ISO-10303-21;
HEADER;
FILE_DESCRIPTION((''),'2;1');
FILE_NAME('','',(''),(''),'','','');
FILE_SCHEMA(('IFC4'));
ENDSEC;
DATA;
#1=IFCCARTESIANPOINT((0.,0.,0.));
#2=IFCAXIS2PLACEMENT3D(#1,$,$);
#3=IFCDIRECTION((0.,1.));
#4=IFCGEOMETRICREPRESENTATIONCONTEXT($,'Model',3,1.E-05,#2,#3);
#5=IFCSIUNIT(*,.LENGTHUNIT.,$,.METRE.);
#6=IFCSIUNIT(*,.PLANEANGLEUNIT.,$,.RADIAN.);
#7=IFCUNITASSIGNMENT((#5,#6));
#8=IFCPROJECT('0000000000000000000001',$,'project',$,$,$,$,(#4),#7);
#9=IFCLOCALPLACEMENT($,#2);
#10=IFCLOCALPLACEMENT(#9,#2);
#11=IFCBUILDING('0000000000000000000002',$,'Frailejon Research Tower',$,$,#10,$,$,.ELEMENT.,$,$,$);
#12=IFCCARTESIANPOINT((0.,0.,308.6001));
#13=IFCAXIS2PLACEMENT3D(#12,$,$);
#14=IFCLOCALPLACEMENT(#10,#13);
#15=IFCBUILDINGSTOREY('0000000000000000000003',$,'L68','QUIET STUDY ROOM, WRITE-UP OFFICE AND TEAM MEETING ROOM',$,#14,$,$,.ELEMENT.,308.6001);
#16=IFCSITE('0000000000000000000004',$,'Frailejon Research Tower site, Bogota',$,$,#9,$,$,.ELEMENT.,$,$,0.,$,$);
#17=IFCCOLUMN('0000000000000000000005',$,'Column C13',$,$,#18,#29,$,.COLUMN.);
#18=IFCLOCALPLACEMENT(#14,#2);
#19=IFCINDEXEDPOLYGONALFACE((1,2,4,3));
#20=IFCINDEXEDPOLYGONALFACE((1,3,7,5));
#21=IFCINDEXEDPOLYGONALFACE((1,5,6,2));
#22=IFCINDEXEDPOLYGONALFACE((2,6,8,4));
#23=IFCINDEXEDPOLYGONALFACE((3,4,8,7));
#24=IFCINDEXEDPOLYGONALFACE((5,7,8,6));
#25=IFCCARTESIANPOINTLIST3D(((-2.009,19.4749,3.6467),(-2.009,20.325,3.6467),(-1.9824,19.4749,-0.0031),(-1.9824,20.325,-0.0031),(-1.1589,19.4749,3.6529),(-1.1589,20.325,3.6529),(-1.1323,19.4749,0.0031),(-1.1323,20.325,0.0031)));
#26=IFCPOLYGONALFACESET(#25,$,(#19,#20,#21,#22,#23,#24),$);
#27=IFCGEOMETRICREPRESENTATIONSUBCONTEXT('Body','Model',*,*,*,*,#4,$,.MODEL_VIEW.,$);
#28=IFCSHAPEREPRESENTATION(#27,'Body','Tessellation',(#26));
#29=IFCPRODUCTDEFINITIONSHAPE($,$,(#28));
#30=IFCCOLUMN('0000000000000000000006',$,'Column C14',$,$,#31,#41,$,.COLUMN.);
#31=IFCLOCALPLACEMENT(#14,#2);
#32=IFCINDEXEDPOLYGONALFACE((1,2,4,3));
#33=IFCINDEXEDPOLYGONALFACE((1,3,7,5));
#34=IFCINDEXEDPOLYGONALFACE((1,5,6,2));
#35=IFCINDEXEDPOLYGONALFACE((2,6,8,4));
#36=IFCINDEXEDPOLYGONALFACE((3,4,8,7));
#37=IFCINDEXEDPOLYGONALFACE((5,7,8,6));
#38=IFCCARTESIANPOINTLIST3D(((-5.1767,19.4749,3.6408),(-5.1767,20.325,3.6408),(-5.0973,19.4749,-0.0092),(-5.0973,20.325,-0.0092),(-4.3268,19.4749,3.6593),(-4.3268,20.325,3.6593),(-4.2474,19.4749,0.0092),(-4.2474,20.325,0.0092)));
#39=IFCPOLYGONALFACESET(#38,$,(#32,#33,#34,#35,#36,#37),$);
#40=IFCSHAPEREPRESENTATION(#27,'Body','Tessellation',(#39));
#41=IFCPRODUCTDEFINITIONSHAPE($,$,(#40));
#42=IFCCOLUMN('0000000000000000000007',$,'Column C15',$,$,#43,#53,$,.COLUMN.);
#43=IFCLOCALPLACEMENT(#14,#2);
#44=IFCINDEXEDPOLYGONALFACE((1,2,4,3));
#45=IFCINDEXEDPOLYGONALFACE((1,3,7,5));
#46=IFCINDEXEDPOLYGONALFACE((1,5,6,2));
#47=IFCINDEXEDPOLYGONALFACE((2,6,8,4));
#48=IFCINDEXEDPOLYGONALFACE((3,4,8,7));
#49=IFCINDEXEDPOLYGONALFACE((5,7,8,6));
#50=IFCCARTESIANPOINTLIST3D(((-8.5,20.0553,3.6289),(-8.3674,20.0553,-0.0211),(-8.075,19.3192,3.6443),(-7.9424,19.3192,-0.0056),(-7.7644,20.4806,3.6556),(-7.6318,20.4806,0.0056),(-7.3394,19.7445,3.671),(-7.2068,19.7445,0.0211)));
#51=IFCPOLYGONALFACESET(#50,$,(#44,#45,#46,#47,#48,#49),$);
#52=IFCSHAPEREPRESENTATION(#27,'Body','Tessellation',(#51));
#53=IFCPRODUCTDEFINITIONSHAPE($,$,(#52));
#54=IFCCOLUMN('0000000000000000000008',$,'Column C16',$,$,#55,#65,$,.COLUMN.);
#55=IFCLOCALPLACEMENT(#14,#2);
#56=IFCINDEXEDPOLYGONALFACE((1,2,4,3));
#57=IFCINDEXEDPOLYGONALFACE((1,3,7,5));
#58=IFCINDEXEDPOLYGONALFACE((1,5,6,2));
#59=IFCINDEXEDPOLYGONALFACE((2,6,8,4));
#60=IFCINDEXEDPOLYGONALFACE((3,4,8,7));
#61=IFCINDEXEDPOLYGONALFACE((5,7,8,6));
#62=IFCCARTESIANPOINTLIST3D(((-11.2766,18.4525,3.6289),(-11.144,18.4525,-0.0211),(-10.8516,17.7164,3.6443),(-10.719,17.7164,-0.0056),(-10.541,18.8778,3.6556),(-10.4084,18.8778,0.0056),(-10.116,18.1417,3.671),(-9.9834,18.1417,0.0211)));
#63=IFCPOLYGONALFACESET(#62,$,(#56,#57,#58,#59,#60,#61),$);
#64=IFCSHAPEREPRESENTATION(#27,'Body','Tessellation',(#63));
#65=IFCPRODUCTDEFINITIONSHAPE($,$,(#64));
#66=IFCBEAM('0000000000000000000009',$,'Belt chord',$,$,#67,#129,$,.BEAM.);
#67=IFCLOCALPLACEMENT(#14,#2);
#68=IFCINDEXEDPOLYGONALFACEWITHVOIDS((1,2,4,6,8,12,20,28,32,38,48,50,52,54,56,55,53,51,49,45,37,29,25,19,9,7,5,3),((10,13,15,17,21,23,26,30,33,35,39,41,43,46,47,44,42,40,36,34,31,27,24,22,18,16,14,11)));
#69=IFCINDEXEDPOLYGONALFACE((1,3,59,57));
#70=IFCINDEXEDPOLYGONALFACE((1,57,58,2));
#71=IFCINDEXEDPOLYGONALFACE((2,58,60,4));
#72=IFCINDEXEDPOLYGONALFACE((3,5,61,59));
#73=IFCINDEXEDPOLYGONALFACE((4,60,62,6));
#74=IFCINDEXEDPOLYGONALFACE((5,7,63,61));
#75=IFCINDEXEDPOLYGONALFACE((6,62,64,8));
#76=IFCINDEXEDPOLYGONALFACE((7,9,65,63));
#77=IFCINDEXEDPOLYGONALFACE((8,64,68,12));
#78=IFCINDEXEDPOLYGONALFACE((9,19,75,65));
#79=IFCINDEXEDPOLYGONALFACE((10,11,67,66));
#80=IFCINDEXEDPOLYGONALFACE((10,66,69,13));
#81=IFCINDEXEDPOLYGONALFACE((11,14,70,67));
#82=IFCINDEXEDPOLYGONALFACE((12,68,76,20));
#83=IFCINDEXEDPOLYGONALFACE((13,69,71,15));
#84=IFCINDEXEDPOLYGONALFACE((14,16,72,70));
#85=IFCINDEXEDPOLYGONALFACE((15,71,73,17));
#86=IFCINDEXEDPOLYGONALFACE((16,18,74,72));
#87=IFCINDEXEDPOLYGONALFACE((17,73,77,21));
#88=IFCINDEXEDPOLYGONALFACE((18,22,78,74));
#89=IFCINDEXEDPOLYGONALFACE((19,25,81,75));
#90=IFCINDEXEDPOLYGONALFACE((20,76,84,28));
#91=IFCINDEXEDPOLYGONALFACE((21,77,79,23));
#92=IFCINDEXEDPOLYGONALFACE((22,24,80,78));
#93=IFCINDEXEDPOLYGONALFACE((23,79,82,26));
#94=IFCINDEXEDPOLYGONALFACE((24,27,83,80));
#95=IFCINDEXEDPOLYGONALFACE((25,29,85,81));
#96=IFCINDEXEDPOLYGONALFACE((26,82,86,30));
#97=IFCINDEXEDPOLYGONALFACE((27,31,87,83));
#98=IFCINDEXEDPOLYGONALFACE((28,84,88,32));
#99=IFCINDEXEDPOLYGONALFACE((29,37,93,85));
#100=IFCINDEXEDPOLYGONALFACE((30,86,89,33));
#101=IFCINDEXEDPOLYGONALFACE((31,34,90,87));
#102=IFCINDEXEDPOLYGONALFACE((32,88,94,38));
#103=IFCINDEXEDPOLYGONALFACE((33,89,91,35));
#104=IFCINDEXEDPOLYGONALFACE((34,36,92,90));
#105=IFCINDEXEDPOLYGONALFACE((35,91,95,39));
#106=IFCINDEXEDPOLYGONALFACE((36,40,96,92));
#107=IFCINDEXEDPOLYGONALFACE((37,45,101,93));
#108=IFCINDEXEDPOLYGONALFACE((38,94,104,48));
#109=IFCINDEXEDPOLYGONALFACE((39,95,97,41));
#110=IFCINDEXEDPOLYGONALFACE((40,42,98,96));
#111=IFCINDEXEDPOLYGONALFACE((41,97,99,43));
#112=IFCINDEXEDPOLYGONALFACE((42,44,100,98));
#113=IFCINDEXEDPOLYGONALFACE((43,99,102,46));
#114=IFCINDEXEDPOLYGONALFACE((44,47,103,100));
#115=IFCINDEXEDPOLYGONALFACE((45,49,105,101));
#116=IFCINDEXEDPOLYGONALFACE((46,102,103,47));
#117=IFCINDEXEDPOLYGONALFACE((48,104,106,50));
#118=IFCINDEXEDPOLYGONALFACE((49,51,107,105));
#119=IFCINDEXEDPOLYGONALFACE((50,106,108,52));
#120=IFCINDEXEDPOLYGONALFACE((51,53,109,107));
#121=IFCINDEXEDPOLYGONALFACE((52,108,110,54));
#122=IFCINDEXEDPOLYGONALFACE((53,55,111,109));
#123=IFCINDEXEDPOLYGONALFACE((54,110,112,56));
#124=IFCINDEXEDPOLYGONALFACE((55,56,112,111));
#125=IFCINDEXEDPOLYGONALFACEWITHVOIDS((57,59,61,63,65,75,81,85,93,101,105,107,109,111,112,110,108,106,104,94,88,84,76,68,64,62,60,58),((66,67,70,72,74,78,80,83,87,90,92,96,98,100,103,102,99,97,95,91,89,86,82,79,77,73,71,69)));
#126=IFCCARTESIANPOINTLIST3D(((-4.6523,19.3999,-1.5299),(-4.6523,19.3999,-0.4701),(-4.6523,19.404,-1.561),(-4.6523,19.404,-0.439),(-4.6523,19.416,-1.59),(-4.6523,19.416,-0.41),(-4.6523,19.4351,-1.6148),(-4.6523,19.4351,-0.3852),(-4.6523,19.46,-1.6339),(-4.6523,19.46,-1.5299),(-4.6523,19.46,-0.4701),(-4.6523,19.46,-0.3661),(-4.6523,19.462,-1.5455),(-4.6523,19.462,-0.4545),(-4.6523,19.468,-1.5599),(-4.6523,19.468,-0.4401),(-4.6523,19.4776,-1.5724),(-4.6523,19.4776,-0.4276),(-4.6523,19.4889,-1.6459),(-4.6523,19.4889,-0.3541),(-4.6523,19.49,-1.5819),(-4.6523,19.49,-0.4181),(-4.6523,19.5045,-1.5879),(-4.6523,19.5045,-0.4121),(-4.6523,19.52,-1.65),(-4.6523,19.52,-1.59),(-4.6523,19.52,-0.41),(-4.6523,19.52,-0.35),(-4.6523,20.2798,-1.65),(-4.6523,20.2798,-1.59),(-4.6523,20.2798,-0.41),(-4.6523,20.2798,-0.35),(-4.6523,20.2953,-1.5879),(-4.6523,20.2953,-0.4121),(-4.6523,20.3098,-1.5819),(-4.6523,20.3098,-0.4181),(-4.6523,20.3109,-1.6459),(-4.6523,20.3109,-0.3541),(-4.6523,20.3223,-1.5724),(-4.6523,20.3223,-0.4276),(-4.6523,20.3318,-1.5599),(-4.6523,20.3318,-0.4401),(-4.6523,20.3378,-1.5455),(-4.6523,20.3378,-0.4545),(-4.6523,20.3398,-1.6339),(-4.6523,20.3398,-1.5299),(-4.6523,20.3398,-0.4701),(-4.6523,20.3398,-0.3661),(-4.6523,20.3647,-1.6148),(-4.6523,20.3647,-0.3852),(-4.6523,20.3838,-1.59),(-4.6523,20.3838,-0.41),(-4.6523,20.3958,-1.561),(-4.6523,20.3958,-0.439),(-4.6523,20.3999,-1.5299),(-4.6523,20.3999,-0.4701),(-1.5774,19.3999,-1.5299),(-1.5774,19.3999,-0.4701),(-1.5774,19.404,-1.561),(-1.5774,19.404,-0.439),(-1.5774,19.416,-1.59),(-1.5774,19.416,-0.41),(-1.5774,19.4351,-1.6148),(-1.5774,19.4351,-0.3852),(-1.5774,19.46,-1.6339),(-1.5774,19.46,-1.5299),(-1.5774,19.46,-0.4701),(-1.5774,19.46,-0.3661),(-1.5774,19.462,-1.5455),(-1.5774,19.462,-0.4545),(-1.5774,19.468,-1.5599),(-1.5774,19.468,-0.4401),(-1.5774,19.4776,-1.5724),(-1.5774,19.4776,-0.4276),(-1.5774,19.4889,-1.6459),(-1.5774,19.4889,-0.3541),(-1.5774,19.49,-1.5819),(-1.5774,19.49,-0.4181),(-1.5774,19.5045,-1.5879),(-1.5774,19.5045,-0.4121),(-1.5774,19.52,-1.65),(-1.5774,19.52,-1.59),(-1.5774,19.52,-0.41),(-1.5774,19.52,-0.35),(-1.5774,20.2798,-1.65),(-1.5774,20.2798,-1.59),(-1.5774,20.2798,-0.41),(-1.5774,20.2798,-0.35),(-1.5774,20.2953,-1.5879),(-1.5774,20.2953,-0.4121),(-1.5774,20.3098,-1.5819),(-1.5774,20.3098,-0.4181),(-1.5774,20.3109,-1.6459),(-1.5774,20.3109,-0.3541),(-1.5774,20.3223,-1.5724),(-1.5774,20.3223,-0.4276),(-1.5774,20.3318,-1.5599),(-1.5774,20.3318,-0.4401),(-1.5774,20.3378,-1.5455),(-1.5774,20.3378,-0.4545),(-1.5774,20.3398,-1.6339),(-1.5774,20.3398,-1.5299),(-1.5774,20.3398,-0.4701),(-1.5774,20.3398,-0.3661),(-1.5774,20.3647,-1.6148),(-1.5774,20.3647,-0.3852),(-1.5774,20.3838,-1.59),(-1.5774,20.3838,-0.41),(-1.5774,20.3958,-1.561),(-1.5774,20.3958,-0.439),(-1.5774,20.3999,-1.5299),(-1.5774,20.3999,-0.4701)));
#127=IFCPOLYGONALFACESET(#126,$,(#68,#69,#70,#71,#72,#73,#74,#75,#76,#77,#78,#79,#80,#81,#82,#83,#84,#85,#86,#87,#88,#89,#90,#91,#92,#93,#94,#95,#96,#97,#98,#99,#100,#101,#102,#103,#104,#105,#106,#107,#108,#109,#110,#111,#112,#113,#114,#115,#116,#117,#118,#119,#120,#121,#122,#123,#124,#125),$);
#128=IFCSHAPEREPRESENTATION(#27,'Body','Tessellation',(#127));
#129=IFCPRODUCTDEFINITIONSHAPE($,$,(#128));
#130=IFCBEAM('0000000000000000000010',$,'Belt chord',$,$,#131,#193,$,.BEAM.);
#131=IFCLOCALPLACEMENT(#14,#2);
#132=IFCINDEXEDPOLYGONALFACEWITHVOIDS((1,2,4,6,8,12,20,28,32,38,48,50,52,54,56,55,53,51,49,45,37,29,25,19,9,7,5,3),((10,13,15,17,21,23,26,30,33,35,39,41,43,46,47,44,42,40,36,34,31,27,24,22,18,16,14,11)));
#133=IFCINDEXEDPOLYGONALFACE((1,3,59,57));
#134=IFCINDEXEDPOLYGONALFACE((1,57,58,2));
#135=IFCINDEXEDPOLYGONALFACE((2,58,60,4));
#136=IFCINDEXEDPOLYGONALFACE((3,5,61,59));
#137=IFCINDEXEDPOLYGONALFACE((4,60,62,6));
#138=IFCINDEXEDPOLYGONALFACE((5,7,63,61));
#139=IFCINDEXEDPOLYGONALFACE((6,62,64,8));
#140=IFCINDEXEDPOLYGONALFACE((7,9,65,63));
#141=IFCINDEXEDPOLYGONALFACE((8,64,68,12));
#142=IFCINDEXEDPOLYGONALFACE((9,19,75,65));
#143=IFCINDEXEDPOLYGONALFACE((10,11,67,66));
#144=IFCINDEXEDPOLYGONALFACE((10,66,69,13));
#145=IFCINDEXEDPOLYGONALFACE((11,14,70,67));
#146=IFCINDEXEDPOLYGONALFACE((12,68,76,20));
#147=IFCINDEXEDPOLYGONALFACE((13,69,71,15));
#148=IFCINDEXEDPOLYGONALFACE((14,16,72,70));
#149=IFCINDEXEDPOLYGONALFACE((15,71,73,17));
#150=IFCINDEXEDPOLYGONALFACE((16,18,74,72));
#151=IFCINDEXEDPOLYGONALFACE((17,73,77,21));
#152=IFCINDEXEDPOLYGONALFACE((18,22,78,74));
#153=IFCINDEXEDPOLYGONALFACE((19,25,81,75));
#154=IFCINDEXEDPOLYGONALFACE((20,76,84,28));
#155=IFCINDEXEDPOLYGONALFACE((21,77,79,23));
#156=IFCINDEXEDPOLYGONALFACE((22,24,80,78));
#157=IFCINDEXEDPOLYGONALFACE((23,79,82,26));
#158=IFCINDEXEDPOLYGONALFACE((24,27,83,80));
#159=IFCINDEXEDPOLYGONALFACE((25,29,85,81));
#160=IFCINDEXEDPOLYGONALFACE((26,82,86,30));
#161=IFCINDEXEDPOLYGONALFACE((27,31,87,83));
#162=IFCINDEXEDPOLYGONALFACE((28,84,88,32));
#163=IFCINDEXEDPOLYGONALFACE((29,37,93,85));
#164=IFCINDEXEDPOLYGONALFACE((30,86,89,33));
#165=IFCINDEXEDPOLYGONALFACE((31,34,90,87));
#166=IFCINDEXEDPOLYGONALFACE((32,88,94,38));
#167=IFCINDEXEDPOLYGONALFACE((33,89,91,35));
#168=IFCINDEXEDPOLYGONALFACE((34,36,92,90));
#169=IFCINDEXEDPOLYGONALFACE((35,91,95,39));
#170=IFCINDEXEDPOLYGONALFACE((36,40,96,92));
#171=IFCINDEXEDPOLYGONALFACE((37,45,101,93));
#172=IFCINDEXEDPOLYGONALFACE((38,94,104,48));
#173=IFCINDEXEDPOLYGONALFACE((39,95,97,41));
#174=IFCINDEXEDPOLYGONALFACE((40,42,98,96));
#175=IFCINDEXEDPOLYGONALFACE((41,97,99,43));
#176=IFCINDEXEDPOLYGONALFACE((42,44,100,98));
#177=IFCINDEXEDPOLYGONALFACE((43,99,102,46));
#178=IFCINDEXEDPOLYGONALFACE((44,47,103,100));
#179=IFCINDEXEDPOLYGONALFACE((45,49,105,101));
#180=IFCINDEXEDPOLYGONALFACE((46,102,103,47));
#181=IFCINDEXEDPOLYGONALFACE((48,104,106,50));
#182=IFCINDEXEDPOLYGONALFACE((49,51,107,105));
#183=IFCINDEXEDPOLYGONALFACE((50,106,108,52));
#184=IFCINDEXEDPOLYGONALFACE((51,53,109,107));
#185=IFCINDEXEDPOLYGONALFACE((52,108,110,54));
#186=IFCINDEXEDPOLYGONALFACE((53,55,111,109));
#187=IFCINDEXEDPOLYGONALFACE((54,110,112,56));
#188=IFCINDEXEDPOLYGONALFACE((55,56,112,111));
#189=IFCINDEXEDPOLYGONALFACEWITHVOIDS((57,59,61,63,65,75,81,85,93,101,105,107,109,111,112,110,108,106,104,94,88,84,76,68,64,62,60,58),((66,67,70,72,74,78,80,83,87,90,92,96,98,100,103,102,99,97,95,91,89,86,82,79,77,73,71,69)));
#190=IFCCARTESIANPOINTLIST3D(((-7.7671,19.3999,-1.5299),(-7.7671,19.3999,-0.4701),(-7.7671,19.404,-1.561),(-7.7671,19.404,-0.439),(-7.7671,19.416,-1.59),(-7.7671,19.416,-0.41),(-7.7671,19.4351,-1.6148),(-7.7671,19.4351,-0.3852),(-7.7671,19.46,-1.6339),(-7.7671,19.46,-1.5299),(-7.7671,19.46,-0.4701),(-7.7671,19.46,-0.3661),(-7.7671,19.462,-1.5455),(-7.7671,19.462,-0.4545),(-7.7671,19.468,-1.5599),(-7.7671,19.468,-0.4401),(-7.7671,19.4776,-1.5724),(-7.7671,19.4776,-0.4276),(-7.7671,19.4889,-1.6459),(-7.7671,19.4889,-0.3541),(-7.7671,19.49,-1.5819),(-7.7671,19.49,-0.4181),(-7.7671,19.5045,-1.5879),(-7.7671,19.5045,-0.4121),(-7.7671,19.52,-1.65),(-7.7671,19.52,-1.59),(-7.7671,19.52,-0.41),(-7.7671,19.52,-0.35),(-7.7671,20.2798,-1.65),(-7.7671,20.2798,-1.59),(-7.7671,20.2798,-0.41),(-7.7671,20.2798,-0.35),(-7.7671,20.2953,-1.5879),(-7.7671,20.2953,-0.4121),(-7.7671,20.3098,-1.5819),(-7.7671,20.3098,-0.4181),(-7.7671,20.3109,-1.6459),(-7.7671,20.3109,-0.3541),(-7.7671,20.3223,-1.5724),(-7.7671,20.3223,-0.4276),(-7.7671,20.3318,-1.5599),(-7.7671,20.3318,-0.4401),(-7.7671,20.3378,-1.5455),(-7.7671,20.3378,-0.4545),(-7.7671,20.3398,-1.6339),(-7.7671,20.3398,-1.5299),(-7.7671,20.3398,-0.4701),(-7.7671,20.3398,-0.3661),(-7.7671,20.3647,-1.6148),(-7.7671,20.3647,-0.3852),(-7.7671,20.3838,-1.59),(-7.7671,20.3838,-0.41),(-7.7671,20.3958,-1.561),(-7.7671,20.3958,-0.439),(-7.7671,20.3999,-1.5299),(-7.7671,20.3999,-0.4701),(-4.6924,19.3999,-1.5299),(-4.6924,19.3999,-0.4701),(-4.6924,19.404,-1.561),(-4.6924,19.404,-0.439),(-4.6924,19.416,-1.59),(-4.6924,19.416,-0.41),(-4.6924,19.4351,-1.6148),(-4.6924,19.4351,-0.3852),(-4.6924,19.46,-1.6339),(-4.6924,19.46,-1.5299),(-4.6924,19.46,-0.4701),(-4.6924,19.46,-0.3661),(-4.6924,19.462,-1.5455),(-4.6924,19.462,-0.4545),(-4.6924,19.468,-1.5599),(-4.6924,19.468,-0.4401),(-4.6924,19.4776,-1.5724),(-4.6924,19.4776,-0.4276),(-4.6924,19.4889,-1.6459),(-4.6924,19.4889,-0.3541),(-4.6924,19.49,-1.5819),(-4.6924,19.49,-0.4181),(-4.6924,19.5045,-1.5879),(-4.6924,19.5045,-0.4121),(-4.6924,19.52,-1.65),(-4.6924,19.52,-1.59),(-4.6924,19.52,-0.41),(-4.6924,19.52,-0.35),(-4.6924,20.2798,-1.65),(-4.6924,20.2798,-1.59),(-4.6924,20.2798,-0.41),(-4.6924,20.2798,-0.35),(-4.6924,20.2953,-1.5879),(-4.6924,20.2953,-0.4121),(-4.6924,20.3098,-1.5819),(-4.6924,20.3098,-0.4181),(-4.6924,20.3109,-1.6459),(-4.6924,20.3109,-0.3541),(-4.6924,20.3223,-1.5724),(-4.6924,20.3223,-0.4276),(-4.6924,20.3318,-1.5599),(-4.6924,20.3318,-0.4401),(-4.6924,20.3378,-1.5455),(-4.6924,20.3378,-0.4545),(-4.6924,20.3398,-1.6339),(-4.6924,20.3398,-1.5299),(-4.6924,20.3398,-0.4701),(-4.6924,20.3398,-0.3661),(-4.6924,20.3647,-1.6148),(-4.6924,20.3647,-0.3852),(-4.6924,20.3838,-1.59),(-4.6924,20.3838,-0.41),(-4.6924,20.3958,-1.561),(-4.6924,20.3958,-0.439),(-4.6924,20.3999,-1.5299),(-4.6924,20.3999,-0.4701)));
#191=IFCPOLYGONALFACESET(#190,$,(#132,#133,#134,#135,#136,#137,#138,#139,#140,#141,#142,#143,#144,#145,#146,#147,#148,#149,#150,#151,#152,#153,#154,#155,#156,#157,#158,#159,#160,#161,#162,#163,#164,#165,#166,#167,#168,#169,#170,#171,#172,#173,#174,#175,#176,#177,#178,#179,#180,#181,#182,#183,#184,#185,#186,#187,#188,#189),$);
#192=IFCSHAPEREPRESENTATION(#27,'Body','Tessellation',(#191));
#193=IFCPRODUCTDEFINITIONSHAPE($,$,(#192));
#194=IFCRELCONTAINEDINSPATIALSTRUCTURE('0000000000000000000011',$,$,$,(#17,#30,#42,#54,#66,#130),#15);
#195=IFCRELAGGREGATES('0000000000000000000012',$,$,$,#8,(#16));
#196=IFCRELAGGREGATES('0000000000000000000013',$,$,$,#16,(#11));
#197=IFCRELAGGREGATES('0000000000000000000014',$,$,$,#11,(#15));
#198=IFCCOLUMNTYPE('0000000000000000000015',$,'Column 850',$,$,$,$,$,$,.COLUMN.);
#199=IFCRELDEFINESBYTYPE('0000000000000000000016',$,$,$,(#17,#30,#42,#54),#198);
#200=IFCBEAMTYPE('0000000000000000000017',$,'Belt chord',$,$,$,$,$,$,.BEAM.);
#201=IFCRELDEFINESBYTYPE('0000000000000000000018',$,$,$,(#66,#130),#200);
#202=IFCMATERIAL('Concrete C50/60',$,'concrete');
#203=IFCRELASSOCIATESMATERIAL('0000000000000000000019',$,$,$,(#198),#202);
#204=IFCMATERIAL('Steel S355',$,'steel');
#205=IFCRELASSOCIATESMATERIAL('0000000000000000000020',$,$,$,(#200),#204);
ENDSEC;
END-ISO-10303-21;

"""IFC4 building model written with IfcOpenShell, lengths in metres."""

from ifc_helpers import new_model, si_unit, direction, frame, origin, origin_2d, place, context, subcontext, project, spatial, rectangle, hollow_rectangle, extrude, material, material_profile, profile_set, type_object, element, save


model = new_model("IFC4")

# Units and contexts
model_context = context("Model", 3, precision=1e-05, world=origin(), true_north=direction((0.0, 1.0)))
body_context = subcontext(model_context, "Body", "Model", "MODEL_VIEW")
ifc_project = project(units=[si_unit("LENGTHUNIT", "METRE"), si_unit("PLANEANGLEUNIT", "RADIAN")], contexts=[model_context])

# Site, building, storey
site_placement = place(None, origin())
site = spatial("IfcSite", under=ifc_project, at=site_placement, Name="Frailejon Research Tower site, Bogota", CompositionType="ELEMENT", RefElevation=0.0)
building_placement = place(site_placement, origin())
building = spatial("IfcBuilding", under=site, at=building_placement, Name="Frailejon Research Tower", CompositionType="ELEMENT")
storey_placement = place(building_placement, frame((0.0, 0.0, 308.6001)))
storey = spatial("IfcBuildingStorey", under=building, at=storey_placement, Name="L68", Description="QUIET STUDY ROOM, WRITE-UP OFFICE AND TEAM MEETING ROOM", CompositionType="ELEMENT", Elevation=308.6001)

# Columns
ifc_material_1 = material(Name="Concrete C50/60", Category="concrete")
ifc_material_profile_1 = material_profile(ifc_material_1, rectangle(XDim=0.8501, YDim=0.8501, at=origin_2d()), Name="Column 850")
ifc_profile_set_1 = profile_set([ifc_material_profile_1], Name="Concrete C50/60")
column_type = type_object("IfcColumnType", Name="Column 850", PredefinedType="COLUMN", material=ifc_profile_set_1)
column_1_placement = place(storey_placement, frame((-1.5574, 19.8999, 0.0), z_axis=(-0.007291, 0.0, 0.999973), x_axis=(-0.999973, 0.0, -0.007291)))
element("IfcColumn", 1, at=column_1_placement, inside=storey, type_object=column_type, Name="Column C13", PredefinedType="COLUMN", context=body_context, shape_type="SweptSolid", body=[
    extrude(rectangle(XDim=0.8501, YDim=0.8501, at=origin_2d()), origin(), (0.0, 0.0, 1.0), 3.6499),
])
column_2_placement = place(storey_placement, frame((-4.6724, 19.8999, 0.0), z_axis=(-0.021734, 0.0, 0.999764), x_axis=(-0.999764, 0.0, -0.021734)))
element("IfcColumn", 2, at=column_2_placement, inside=storey, type_object=column_type, Name="Column C14", PredefinedType="COLUMN", context=body_context, shape_type="SweptSolid", body=[
    extrude(rectangle(XDim=0.8501, YDim=0.8501, at=origin_2d()), origin(), (0.0, 0.0, 1.0), 3.6509),
])
for number, where, z_axis, x_axis, name in (
    (3, (-7.7871, 19.8999, 0.0), (-0.036297, 0.0, 0.999341), (-0.865313, -0.500246, -0.031429), "Column C15"),
    (4, (-10.5637, 18.2971, 0.0), (-0.036297, 0.0, 0.999341), (-0.865313, -0.500246, -0.031429), "Column C16"),
):
    element("IfcColumn", number, at=place(storey_placement, frame(where, z_axis=z_axis, x_axis=x_axis)), inside=storey, type_object=column_type, Name=name, PredefinedType="COLUMN", context=body_context, shape_type="SweptSolid", body=[
        extrude(rectangle(XDim=0.8501, YDim=0.8501, at=origin_2d()), origin(), (0.0, 0.0, 1.0), 3.6523),
    ])

# Beams
ifc_material_2 = material(Name="Steel S355", Category="steel")
ifc_material_profile_2 = material_profile(ifc_material_2, hollow_rectangle(XDim=1.0, YDim=1.3, WallThickness=0.0601, InnerFilletRadius=0.0601, OuterFilletRadius=0.1201, at=origin_2d()), Name="Belt chord")
ifc_profile_set_2 = profile_set([ifc_material_profile_2], Name="Steel S355")
beam_type_1 = type_object("IfcBeamType", Name="Belt chord", PredefinedType="BEAM", material=ifc_profile_set_2)
beam_1_placement = place(storey_placement, frame((-1.5774, 19.8999, -1.0), z_axis=(-1.0, 0.0, 0.0), x_axis=(0.0, -1.0, 0.0)))
element("IfcBeam", 5, at=beam_1_placement, inside=storey, type_object=beam_type_1, Name="Belt chord", PredefinedType="BEAM", context=body_context, shape_type="SweptSolid", body=[
    extrude(hollow_rectangle(XDim=1.0, YDim=1.3, WallThickness=0.0601, InnerFilletRadius=0.0601, OuterFilletRadius=0.1201, at=origin_2d()), origin(), (0.0, 0.0, 1.0), 3.075),
])
beam_2_placement = place(storey_placement, frame((-4.6924, 19.8999, -1.0), z_axis=(-1.0, 0.0, 0.0), x_axis=(0.0, -1.0, 0.0)))
element("IfcBeam", 6, at=beam_2_placement, inside=storey, type_object=beam_type_1, Name="Belt chord", PredefinedType="BEAM", context=body_context, shape_type="SweptSolid", body=[
    extrude(hollow_rectangle(XDim=1.0, YDim=1.3, WallThickness=0.0601, InnerFilletRadius=0.0601, OuterFilletRadius=0.1201, at=origin_2d()), origin(), (0.0, 0.0, 1.0), 3.0747),
])

save(model, "model.ifc")
